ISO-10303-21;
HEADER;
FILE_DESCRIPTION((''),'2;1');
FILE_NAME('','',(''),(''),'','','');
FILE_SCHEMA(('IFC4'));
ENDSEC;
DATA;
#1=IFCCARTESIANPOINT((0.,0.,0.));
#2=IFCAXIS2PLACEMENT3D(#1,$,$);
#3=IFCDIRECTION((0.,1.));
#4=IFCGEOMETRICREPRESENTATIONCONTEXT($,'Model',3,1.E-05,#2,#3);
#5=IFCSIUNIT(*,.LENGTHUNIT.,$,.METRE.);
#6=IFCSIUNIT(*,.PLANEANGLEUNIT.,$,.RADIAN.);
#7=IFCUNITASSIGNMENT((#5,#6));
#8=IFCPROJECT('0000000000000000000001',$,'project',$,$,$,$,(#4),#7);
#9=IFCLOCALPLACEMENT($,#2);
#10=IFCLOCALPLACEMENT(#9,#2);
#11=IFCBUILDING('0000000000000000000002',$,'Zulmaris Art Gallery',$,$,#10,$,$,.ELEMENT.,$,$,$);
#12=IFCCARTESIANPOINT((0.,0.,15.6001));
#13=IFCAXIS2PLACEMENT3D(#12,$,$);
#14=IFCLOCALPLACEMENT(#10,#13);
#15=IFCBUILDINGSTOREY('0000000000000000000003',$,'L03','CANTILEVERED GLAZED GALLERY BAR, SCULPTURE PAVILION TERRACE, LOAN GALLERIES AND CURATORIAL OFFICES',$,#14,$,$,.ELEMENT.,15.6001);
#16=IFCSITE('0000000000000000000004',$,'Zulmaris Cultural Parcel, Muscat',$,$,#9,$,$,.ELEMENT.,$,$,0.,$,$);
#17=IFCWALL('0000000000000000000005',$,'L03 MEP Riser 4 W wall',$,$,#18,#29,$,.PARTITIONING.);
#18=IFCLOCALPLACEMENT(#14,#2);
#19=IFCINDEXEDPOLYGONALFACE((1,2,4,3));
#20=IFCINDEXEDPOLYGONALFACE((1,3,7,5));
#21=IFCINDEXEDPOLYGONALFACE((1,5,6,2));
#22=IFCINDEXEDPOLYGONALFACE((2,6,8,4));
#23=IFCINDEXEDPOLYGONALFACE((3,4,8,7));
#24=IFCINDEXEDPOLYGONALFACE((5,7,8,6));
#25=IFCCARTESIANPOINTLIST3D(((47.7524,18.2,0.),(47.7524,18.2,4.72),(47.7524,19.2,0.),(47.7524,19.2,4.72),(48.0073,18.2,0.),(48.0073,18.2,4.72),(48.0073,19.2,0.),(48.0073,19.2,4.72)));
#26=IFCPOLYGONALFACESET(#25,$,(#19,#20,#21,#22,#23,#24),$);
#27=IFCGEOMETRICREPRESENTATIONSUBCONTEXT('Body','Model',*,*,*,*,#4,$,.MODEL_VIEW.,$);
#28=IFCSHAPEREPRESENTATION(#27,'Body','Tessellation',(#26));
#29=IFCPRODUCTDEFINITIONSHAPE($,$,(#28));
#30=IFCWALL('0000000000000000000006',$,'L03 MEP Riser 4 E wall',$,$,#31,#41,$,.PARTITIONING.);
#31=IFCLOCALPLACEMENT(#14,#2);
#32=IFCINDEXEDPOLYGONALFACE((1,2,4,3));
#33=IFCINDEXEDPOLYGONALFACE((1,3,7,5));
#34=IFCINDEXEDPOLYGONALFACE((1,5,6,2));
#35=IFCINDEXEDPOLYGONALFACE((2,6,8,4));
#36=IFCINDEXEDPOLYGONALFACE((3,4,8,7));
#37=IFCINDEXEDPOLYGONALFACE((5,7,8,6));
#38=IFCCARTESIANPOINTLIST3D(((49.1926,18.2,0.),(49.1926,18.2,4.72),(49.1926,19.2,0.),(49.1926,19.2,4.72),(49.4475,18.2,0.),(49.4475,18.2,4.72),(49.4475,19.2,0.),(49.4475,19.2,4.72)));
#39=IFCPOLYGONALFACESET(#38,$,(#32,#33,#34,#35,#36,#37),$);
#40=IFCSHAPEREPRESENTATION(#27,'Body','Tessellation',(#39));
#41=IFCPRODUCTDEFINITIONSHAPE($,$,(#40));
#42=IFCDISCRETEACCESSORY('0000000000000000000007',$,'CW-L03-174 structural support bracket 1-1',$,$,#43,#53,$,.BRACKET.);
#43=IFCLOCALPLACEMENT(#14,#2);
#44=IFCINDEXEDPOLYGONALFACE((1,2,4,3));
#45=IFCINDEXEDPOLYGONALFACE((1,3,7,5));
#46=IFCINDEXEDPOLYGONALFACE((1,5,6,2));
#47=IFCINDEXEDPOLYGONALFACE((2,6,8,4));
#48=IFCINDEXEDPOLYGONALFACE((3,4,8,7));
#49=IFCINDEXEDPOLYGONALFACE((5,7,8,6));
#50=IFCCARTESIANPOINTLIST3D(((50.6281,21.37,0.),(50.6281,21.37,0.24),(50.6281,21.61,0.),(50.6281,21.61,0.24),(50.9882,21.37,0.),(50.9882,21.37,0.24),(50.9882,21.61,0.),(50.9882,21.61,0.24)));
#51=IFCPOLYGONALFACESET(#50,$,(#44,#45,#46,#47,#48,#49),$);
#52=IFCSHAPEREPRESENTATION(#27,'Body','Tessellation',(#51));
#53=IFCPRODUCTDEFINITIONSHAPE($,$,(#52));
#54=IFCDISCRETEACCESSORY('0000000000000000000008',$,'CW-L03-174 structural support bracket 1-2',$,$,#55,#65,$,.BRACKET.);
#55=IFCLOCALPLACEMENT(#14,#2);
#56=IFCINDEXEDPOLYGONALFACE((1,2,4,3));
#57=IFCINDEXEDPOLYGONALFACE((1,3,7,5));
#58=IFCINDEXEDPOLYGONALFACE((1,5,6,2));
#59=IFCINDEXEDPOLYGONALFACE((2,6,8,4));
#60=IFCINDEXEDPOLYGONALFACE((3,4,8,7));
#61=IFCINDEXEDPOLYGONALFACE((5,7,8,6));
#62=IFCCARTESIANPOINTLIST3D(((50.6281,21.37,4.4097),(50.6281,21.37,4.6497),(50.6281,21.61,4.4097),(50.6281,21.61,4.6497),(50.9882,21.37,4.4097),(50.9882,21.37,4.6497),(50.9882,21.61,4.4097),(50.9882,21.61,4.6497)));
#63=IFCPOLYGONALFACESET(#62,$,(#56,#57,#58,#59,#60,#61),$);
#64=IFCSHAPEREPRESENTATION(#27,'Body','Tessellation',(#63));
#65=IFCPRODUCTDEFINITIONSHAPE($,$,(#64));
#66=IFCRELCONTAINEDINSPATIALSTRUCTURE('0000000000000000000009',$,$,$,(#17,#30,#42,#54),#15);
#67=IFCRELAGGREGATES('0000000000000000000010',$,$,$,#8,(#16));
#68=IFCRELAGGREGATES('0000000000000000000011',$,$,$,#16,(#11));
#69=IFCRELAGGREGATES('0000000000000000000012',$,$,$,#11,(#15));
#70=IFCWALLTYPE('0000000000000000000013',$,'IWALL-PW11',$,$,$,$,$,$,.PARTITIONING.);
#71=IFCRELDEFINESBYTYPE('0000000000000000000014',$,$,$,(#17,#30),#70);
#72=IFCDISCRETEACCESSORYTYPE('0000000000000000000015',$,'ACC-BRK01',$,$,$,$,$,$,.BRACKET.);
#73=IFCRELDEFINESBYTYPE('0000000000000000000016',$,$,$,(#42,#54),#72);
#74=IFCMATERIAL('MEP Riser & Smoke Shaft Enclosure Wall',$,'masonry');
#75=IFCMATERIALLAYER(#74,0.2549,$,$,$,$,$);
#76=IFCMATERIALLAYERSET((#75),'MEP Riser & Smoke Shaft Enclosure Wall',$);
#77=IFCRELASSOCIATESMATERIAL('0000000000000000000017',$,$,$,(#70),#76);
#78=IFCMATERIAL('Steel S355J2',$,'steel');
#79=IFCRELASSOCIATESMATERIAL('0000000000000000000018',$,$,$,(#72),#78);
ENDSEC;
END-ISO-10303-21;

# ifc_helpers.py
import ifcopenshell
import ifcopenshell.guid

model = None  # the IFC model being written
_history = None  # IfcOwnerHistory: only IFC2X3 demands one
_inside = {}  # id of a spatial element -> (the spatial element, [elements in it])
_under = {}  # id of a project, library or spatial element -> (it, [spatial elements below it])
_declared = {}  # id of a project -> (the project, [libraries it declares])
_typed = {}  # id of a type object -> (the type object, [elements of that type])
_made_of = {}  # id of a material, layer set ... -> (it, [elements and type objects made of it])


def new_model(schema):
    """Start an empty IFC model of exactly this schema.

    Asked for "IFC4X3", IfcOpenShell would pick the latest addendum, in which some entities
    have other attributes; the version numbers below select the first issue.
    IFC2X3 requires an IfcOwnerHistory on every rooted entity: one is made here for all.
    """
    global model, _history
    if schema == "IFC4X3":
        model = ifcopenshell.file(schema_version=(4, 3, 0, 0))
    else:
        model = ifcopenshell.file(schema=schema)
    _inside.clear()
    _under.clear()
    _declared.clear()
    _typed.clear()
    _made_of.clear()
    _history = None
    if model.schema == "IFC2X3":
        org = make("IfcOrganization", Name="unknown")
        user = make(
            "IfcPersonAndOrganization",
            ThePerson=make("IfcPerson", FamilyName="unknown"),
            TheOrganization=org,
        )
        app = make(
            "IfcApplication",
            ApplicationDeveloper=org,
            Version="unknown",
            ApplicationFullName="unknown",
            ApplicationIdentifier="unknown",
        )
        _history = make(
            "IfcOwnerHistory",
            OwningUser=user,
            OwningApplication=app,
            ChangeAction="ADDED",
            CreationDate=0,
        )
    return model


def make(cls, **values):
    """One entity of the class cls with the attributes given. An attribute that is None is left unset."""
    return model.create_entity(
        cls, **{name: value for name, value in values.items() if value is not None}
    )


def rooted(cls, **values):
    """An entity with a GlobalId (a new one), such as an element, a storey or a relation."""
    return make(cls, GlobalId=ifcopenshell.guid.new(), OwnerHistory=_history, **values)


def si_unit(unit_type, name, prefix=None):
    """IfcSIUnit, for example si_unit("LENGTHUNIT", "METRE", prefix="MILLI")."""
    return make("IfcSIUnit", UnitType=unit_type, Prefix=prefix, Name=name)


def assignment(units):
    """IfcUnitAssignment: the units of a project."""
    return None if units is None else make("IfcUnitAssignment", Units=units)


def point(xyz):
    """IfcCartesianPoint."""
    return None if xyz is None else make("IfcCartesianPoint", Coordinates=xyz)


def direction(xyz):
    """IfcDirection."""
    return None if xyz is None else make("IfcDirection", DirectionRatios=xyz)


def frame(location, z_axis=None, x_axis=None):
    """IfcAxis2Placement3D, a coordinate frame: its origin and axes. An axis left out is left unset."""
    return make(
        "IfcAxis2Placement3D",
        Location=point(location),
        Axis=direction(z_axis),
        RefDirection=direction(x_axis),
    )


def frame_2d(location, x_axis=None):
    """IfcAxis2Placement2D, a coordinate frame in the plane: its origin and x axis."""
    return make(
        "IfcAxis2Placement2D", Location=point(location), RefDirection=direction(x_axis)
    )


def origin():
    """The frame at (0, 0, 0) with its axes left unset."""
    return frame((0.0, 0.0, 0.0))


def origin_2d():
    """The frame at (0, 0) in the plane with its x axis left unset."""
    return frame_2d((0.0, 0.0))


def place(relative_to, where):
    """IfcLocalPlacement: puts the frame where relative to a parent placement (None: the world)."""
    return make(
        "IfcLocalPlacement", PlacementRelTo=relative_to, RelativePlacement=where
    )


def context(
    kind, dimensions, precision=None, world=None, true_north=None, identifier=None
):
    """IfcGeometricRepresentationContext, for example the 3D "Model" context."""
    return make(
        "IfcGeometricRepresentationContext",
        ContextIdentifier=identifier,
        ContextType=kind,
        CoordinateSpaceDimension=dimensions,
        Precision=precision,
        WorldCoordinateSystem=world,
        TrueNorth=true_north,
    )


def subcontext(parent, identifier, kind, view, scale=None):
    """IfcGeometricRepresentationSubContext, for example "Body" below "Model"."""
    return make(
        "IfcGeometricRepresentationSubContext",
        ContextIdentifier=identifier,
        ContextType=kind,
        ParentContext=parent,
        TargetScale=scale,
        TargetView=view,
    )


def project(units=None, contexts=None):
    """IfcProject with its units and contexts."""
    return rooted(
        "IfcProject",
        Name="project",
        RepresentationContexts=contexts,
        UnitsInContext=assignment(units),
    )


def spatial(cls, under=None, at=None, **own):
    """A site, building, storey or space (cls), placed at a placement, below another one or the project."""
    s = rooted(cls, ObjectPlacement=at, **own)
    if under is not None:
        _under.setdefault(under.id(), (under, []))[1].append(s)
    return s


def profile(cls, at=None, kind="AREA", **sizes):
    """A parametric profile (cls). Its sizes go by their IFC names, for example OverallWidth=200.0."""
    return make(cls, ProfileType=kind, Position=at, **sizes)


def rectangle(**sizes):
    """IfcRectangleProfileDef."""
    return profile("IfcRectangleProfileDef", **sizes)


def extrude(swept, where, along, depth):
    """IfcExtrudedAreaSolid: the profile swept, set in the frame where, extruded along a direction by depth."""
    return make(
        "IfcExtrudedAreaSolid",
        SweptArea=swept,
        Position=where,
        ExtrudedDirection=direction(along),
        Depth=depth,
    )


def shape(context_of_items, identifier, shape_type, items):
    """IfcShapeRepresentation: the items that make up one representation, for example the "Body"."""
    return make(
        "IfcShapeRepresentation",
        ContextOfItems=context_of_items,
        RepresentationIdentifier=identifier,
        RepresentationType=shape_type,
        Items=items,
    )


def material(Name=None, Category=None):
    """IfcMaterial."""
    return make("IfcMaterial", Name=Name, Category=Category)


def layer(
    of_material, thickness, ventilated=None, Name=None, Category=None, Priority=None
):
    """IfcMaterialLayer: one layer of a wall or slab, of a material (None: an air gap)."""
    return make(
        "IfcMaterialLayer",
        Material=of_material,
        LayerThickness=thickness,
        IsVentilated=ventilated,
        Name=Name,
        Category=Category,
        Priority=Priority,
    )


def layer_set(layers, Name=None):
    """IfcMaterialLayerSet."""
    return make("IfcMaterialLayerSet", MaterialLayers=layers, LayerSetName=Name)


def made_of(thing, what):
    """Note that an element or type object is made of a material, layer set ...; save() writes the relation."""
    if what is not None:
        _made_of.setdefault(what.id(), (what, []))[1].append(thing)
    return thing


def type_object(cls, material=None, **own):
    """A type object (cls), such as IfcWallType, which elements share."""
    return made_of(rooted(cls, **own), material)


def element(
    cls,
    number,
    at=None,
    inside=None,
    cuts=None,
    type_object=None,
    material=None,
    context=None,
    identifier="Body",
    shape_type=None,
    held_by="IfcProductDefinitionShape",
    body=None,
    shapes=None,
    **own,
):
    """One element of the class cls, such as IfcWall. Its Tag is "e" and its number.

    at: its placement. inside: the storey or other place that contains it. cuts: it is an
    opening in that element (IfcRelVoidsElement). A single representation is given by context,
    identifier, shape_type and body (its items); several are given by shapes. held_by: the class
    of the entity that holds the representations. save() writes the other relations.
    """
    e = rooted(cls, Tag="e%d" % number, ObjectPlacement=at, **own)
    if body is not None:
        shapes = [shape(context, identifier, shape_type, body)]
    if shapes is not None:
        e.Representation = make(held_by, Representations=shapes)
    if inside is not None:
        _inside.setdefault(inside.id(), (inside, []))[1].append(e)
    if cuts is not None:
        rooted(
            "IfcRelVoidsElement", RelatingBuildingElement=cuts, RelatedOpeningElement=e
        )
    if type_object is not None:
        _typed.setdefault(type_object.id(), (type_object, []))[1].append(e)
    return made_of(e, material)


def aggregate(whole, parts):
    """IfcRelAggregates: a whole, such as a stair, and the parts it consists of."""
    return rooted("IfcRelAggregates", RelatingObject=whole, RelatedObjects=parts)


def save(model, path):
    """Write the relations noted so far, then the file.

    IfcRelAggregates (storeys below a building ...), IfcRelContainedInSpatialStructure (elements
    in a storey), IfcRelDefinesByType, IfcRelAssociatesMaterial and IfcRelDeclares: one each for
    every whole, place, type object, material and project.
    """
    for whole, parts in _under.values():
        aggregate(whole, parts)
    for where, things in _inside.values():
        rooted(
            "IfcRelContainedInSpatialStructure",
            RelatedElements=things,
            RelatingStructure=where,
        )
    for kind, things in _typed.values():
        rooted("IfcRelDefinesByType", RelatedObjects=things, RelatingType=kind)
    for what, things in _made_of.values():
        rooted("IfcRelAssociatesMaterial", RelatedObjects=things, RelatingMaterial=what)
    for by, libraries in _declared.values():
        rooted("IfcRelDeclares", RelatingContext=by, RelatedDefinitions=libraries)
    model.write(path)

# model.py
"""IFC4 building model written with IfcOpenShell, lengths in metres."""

from ifc_helpers import new_model, si_unit, direction, frame, frame_2d, origin, origin_2d, place, context, subcontext, project, spatial, rectangle, extrude, material, layer, layer_set, type_object, element, save


model = new_model("IFC4")

# Units and contexts
model_context = context("Model", 3, precision=1e-05, world=origin(), true_north=direction((0.0, 1.0)))
body_context = subcontext(model_context, "Body", "Model", "MODEL_VIEW")
ifc_project = project(units=[si_unit("LENGTHUNIT", "METRE"), si_unit("PLANEANGLEUNIT", "RADIAN")], contexts=[model_context])

# Site, building, storey
site_placement = place(None, origin())
site = spatial("IfcSite", under=ifc_project, at=site_placement, Name="Zulmaris Cultural Parcel, Muscat", CompositionType="ELEMENT", RefElevation=0.0)
building_placement = place(site_placement, origin())
building = spatial("IfcBuilding", under=site, at=building_placement, Name="Zulmaris Art Gallery", CompositionType="ELEMENT")
storey_placement = place(building_placement, frame((0.0, 0.0, 15.6001)))
storey = spatial("IfcBuildingStorey", under=building, at=storey_placement, Name="L03", Description="CANTILEVERED GLAZED GALLERY BAR, SCULPTURE PAVILION TERRACE, LOAN GALLERIES AND CURATORIAL OFFICES", CompositionType="ELEMENT", Elevation=15.6001)

# Shared definitions
ifc_material_1 = material(Name="Steel S355J2", Category="steel")

# Walls
ifc_material_2 = material(Name="MEP Riser & Smoke Shaft Enclosure Wall", Category="masonry")
ifc_layer_1 = layer(ifc_material_2, 0.2549)
ifc_layer_set_1 = layer_set([ifc_layer_1], Name="MEP Riser & Smoke Shaft Enclosure Wall")
wall_type = type_object("IfcWallType", Name="IWALL-PW11", PredefinedType="PARTITIONING", material=ifc_layer_set_1)
for number, where, z_axis, x_axis, name in (
    (1, (47.8799, 18.2, 0.0), (0.0, 0.0, 1.0), (0.0, 1.0, 0.0), "L03 MEP Riser 4 W wall"),
    (2, (49.3201, 18.2, 0.0), (0.0, 0.0, 1.0), (0.0, 1.0, 0.0), "L03 MEP Riser 4 E wall"),
):
    element("IfcWall", number, at=place(storey_placement, frame(where, z_axis=z_axis, x_axis=x_axis)), inside=storey, type_object=wall_type, Name=name, PredefinedType="PARTITIONING", context=body_context, shape_type="SweptSolid", body=[
        extrude(rectangle(XDim=1.0, YDim=0.2549, at=frame_2d((0.5, 0.0))), origin(), (0.0, 0.0, 1.0), 4.72),
    ])

# Discrete accessories
discrete_accessory_type = type_object("IfcDiscreteAccessoryType", Name="ACC-BRK01", PredefinedType="BRACKET", material=ifc_material_1)
for number, where, z_axis, x_axis, name in (
    (3, (50.8081, 21.49, 0.0), (0.0, 0.0, 1.0), (1.0, 0.0, 0.0), "CW-L03-174 structural support bracket 1-1"),
    (4, (50.8081, 21.49, 4.4097), (0.0, 0.0, 1.0), (1.0, 0.0, 0.0), "CW-L03-174 structural support bracket 1-2"),
):
    element("IfcDiscreteAccessory", number, at=place(storey_placement, frame(where, z_axis=z_axis, x_axis=x_axis)), inside=storey, type_object=discrete_accessory_type, Name=name, PredefinedType="BRACKET", context=body_context, shape_type="SweptSolid", body=[
        extrude(rectangle(XDim=0.3601, YDim=0.24, at=origin_2d()), origin(), (0.0, 0.0, 1.0), 0.24),
    ])

save(model, "model.ifc")
